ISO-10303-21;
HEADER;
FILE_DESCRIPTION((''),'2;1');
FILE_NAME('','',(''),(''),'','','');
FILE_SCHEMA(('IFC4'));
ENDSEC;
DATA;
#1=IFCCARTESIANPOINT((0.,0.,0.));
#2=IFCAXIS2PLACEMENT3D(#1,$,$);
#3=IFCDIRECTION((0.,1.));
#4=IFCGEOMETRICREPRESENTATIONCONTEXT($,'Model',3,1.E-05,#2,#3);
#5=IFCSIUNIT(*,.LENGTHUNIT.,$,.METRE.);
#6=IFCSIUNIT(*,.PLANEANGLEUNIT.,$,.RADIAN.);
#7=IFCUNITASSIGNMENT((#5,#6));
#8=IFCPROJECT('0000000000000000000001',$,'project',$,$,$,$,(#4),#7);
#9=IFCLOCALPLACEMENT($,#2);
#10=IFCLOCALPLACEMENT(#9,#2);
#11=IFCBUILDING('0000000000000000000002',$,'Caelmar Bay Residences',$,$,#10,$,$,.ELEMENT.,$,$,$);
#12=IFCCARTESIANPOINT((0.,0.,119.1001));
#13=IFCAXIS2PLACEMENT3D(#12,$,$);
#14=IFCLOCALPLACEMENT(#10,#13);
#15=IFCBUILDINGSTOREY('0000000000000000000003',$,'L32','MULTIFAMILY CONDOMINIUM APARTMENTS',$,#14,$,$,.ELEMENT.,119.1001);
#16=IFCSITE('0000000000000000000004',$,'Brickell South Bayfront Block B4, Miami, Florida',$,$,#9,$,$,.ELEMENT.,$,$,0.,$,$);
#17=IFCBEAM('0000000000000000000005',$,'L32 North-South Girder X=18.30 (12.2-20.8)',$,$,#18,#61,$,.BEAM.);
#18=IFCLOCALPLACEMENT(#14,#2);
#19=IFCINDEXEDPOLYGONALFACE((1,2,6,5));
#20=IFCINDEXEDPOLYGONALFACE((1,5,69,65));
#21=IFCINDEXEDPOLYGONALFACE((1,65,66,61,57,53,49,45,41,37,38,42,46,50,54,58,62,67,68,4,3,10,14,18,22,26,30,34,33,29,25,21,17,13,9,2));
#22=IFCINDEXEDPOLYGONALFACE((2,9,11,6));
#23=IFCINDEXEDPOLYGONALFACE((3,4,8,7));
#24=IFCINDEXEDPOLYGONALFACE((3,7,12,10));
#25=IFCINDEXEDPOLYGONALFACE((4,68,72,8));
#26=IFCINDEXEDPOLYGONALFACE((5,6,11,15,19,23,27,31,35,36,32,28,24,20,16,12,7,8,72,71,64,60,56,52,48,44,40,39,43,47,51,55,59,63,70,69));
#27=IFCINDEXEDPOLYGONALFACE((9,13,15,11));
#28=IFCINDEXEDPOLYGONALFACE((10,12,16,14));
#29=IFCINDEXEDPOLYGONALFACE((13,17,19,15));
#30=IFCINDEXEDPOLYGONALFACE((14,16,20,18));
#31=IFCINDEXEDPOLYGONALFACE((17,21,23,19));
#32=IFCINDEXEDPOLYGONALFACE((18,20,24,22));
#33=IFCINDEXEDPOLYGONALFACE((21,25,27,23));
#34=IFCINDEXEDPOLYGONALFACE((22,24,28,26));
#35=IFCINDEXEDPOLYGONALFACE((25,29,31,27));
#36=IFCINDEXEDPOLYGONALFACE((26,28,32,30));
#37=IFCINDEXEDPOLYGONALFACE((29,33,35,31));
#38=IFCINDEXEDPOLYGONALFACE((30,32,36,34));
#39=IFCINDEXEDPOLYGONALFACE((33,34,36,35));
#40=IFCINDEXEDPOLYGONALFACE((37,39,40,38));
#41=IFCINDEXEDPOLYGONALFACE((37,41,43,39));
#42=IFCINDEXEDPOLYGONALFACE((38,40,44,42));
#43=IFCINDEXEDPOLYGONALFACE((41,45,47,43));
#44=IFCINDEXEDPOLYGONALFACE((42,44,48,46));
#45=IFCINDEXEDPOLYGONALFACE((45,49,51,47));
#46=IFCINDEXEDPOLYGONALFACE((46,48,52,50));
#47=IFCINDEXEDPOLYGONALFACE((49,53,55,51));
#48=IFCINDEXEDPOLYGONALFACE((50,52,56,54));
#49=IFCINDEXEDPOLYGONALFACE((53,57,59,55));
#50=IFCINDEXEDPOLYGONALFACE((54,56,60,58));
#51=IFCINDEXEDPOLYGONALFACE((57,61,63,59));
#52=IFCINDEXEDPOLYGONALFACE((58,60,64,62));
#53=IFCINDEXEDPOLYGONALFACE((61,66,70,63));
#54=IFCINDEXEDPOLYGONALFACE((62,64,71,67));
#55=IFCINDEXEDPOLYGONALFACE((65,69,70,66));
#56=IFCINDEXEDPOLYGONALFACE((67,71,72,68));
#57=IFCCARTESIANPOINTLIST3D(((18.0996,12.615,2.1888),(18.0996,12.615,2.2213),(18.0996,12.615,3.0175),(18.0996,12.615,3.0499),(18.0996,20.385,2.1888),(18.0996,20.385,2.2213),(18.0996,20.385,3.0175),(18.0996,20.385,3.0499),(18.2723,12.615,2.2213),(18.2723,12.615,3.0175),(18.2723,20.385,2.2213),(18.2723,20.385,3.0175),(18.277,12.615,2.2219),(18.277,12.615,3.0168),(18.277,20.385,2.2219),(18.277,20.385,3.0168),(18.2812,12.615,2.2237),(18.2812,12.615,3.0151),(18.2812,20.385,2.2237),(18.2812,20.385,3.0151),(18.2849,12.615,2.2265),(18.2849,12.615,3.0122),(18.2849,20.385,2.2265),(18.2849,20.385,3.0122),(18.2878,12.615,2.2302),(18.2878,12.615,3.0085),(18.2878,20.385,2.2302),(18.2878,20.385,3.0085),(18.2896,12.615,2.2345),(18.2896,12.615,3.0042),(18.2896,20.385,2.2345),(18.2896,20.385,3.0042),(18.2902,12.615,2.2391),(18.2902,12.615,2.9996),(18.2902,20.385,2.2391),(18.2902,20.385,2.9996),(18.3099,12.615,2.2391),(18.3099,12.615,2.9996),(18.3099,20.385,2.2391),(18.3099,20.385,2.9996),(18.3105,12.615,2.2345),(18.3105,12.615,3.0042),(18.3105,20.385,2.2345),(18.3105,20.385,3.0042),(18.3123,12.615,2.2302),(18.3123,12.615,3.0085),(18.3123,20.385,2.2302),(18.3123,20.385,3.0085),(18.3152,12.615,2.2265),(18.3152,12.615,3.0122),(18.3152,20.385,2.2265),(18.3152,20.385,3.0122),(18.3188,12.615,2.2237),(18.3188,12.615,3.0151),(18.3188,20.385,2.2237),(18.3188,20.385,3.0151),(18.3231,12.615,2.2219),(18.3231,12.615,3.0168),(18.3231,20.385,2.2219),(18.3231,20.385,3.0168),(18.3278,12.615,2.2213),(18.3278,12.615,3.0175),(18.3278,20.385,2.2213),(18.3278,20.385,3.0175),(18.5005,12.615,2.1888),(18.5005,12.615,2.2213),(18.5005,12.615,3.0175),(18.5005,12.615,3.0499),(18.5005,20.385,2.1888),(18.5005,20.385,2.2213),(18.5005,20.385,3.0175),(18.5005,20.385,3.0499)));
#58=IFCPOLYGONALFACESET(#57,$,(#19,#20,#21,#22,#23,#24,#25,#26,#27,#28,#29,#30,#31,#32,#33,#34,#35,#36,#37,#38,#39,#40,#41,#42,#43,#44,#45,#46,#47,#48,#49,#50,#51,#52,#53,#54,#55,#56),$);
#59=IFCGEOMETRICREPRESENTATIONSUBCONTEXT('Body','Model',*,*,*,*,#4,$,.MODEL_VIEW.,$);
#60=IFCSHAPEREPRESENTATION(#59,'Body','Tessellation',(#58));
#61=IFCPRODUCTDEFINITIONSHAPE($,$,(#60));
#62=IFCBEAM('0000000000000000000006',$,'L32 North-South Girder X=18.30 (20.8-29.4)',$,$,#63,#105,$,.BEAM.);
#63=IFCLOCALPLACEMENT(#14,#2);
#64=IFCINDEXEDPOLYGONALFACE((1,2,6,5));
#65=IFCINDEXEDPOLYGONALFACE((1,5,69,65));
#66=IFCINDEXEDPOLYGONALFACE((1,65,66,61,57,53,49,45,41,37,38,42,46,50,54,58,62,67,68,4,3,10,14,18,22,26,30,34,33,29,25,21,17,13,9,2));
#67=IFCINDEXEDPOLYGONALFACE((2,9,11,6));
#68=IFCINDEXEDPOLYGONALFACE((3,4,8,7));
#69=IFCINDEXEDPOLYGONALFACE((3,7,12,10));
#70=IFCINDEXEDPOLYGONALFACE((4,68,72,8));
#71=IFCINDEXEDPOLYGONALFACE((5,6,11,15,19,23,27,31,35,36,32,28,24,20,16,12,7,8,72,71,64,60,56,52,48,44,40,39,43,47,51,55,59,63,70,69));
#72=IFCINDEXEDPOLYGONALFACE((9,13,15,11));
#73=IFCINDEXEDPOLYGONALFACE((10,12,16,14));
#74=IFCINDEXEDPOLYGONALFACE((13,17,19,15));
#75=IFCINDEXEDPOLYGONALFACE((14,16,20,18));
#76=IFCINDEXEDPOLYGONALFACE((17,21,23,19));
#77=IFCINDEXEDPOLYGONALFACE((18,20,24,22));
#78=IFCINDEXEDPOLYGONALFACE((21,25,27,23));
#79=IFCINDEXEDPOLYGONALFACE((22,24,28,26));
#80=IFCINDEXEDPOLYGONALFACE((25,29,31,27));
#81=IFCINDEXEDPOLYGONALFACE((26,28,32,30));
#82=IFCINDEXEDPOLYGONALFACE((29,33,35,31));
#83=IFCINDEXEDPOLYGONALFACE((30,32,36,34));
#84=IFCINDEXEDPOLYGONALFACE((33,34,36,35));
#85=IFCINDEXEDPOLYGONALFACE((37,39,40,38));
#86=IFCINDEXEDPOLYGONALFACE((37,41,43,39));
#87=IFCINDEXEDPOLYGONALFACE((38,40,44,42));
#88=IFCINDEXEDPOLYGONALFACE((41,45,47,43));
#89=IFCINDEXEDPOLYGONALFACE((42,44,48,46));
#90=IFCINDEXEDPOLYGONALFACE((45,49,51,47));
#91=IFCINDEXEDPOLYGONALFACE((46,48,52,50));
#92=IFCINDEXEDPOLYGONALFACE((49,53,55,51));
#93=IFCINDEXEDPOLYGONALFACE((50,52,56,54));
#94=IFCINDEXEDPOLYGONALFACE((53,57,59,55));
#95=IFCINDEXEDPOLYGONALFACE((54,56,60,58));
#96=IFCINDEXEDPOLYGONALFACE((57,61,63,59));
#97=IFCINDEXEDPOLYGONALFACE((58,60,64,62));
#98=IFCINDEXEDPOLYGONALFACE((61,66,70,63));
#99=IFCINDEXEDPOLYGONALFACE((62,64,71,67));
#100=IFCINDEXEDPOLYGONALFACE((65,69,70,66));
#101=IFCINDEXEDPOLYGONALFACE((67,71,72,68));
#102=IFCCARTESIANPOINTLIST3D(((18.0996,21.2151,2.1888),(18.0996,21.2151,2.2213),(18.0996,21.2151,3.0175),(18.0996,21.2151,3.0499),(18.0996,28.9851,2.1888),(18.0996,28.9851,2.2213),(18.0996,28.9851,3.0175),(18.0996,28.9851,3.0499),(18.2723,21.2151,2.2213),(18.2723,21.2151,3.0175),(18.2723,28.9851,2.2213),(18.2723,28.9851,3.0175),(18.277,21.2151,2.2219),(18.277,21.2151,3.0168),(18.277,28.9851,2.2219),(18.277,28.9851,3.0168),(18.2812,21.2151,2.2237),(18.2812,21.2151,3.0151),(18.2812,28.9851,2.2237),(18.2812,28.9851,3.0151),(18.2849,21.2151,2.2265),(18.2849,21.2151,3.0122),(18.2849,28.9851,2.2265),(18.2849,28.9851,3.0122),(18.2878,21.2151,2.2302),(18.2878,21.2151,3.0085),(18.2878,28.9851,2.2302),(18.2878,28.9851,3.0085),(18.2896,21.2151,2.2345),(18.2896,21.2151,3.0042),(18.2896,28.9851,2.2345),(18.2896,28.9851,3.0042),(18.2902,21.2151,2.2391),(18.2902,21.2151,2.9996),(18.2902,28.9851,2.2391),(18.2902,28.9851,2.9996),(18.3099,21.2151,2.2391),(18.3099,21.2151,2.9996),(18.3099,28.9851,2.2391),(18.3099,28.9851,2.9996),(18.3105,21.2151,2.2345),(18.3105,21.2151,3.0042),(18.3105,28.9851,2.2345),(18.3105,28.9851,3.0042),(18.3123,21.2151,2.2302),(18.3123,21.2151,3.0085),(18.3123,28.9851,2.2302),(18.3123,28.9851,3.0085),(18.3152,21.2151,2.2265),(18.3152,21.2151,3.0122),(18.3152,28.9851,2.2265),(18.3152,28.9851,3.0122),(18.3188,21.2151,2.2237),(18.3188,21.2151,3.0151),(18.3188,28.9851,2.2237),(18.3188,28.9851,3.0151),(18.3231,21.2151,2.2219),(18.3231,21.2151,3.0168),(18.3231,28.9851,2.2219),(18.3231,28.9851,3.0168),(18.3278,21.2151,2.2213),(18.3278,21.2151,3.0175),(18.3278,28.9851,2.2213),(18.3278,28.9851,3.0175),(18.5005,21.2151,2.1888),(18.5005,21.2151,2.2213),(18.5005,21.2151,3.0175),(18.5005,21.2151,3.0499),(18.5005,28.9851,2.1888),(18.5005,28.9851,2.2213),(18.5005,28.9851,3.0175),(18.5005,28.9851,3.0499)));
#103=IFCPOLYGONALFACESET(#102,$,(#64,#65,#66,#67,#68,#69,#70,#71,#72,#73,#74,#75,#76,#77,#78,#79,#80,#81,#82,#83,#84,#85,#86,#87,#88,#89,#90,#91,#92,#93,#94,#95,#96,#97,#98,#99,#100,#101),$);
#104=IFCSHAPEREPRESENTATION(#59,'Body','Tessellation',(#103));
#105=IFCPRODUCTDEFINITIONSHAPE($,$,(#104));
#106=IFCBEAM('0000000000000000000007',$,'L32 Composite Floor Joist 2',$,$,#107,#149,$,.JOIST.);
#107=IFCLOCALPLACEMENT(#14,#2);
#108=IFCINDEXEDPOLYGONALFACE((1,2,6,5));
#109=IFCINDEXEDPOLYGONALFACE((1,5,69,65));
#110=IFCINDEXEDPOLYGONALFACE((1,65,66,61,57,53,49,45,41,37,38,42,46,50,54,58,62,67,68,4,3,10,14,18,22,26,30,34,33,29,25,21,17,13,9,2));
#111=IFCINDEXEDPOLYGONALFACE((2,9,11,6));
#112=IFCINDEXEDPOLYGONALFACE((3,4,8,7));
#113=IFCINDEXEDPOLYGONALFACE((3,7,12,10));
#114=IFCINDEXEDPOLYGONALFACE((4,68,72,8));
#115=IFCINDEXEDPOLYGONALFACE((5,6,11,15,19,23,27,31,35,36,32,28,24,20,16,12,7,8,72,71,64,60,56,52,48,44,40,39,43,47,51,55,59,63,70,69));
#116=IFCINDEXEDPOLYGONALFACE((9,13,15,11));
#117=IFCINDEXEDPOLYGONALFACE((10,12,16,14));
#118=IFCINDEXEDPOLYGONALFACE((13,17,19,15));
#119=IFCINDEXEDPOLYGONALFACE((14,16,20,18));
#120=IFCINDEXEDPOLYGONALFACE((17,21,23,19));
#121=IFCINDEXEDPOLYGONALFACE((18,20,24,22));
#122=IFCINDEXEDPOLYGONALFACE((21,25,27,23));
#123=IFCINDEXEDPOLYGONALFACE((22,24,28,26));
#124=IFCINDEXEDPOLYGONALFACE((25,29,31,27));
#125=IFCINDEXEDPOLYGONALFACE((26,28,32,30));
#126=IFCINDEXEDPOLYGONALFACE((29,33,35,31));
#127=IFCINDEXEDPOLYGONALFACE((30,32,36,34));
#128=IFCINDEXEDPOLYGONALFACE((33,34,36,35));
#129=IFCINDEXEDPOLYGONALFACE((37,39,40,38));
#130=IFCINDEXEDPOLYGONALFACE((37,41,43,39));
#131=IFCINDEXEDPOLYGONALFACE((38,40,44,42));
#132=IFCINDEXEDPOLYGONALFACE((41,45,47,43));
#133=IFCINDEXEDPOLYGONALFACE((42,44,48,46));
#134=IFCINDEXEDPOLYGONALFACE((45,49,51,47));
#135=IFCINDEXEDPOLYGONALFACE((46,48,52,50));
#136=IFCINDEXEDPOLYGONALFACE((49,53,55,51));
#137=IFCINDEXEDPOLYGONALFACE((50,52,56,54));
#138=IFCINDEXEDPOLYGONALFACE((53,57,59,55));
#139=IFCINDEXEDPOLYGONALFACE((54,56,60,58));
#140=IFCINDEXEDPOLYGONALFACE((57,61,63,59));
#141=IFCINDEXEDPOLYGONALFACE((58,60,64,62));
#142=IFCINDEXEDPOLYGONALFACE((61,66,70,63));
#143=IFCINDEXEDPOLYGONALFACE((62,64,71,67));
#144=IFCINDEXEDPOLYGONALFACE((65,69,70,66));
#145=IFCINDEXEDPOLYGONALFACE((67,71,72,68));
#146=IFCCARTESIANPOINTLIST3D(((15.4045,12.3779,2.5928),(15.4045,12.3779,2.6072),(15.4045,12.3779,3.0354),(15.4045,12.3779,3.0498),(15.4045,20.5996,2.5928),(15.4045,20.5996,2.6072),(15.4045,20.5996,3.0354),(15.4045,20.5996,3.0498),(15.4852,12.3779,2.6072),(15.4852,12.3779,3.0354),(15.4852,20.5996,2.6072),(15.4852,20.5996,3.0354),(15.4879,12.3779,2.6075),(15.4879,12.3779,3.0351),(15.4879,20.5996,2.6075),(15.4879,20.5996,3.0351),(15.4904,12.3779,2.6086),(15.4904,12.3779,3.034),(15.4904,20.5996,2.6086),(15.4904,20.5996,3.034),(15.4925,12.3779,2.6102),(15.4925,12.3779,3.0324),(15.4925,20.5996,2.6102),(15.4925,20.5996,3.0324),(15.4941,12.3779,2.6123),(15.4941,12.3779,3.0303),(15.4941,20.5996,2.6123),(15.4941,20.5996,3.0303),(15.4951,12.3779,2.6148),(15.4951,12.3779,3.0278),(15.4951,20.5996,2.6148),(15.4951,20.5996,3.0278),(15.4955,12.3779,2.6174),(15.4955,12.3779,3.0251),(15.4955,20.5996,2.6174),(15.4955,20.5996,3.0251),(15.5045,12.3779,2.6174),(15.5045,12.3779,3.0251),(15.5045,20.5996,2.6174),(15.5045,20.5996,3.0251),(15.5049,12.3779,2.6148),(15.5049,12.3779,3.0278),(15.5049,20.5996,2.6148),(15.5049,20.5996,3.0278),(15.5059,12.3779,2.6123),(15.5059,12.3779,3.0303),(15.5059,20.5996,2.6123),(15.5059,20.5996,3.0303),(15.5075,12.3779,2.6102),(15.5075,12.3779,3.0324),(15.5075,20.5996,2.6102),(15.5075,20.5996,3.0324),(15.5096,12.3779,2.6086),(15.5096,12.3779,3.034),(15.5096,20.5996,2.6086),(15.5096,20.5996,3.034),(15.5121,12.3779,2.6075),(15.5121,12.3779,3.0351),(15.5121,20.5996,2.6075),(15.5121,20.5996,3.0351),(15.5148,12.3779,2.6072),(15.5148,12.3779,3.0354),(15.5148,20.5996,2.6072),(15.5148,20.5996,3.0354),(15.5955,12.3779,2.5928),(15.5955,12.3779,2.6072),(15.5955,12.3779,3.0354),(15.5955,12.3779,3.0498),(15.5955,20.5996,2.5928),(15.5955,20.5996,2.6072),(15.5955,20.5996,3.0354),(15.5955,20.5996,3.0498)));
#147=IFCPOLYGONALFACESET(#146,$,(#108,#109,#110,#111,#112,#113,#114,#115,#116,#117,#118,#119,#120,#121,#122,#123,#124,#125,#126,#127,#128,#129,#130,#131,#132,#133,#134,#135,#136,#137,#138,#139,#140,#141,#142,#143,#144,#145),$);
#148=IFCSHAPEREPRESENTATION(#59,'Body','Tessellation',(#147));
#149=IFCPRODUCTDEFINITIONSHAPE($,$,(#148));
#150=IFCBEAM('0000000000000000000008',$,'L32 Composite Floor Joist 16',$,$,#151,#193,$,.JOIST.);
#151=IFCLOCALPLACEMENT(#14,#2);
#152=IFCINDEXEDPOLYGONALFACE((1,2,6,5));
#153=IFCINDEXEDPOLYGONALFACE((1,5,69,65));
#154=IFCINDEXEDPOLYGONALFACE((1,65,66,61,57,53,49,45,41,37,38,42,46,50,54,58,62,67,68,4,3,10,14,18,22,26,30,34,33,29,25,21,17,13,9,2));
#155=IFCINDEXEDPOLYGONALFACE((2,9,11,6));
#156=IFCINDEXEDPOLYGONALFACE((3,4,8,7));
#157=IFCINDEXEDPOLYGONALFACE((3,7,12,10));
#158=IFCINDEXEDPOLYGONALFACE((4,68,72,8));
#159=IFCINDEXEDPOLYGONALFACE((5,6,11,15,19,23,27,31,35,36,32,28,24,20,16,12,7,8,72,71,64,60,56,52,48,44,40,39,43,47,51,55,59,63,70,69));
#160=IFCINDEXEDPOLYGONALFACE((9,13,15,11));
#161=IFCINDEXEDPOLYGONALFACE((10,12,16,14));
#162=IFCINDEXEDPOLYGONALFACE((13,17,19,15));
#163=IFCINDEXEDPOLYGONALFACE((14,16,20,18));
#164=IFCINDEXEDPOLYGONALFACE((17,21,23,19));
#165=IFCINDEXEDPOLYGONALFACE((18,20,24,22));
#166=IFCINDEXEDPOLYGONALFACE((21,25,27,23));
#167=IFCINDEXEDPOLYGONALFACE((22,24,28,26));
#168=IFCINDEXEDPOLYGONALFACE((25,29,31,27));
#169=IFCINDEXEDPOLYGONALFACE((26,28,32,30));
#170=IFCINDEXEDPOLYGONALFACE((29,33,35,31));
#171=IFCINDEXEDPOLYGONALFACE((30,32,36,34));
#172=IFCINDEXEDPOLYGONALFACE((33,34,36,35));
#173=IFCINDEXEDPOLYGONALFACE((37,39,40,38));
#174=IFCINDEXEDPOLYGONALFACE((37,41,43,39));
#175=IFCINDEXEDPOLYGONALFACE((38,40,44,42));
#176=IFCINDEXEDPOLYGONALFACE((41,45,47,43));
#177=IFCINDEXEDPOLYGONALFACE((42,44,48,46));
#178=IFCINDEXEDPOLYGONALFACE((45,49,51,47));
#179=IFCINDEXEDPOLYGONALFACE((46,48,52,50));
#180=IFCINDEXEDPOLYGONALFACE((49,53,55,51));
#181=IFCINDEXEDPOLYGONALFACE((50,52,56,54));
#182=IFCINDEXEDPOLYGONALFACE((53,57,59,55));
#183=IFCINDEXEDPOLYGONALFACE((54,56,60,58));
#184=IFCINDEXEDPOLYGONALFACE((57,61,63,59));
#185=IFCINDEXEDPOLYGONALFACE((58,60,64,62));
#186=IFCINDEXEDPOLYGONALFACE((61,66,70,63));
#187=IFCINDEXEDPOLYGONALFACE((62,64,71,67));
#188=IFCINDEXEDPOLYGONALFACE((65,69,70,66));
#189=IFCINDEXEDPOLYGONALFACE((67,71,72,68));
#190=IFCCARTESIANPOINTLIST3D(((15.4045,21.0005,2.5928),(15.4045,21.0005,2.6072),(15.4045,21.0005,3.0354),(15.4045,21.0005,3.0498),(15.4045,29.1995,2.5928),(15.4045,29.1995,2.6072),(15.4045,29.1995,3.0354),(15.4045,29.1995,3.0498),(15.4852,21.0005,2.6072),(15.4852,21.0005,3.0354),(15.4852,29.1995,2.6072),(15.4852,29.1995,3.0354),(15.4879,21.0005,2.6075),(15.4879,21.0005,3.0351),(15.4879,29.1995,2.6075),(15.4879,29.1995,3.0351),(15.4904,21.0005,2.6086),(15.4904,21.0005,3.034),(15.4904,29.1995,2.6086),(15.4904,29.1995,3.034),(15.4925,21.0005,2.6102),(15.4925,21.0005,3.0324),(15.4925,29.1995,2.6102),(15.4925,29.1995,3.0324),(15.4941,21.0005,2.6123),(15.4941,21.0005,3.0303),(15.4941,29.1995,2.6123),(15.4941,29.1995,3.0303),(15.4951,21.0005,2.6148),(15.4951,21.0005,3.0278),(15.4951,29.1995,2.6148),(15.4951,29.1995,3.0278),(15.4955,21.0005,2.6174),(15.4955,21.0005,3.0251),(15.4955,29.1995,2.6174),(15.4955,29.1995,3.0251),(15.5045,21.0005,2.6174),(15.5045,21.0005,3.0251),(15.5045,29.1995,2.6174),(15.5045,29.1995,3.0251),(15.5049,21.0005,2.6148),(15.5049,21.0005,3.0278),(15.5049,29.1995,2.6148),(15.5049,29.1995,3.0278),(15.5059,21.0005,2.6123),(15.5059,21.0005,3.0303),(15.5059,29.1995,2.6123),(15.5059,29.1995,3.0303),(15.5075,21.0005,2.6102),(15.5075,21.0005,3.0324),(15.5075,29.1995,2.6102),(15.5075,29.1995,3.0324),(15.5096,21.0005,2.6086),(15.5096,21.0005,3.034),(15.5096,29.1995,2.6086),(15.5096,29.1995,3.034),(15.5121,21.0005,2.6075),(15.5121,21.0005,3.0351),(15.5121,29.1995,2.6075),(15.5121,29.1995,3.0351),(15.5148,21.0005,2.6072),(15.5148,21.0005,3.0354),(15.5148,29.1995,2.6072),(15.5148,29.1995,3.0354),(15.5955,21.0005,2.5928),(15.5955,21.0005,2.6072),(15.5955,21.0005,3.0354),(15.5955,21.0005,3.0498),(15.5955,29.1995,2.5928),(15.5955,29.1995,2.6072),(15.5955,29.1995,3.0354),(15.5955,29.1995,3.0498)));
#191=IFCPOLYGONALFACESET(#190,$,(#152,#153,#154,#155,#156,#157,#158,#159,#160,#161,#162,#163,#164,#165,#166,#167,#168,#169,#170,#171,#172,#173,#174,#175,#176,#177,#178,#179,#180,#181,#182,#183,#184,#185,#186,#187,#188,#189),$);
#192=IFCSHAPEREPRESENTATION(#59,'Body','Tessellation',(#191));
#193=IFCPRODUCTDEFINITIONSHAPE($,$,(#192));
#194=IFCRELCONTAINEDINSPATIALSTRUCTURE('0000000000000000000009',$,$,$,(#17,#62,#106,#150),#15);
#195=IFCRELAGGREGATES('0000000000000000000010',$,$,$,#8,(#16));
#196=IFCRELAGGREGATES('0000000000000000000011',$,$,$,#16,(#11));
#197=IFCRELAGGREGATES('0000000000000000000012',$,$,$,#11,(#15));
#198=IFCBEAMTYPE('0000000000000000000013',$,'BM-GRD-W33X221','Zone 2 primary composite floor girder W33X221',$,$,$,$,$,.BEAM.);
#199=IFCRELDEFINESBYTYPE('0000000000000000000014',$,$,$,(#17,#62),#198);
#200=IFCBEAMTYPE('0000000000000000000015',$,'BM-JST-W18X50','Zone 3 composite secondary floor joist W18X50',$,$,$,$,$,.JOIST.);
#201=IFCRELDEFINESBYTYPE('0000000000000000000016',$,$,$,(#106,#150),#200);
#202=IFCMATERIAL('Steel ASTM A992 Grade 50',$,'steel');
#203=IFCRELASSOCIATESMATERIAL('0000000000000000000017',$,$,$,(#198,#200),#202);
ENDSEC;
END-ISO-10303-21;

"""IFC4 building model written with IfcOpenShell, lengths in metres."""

from ifc_helpers import new_model, si_unit, direction, frame, origin, origin_2d, place, context, subcontext, project, spatial, i_section, extrude, material, material_profile, profile_set, type_object, element, save


model = new_model("IFC4")

# Units and contexts
model_context = context("Model", 3, precision=1e-05, world=origin(), true_north=direction((0.0, 1.0)))
body_context = subcontext(model_context, "Body", "Model", "MODEL_VIEW")
ifc_project = project(units=[si_unit("LENGTHUNIT", "METRE"), si_unit("PLANEANGLEUNIT", "RADIAN")], contexts=[model_context])

# Site, building, storey
site_placement = place(None, origin())
site = spatial("IfcSite", under=ifc_project, at=site_placement, Name="Brickell South Bayfront Block B4, Miami, Florida", CompositionType="ELEMENT", RefElevation=0.0)
building_placement = place(site_placement, origin())
building = spatial("IfcBuilding", under=site, at=building_placement, Name="Caelmar Bay Residences", CompositionType="ELEMENT")
storey_placement = place(building_placement, frame((0.0, 0.0, 119.1001)))
storey = spatial("IfcBuildingStorey", under=building, at=storey_placement, Name="L32", Description="MULTIFAMILY CONDOMINIUM APARTMENTS", CompositionType="ELEMENT", Elevation=119.1001)

# Beams
ifc_material_1 = material(Name="Steel ASTM A992 Grade 50", Category="steel")
ifc_material_profile_1 = material_profile(ifc_material_1, i_section(OverallWidth=0.4009, OverallDepth=0.8611, WebThickness=0.0198, FlangeThickness=0.0325, FilletRadius=0.0178, at=origin_2d()), Name="W33X221")
ifc_profile_set_1 = profile_set([ifc_material_profile_1], Name="Steel ASTM A992 Grade 50")
beam_type_1 = type_object("IfcBeamType", Name="BM-GRD-W33X221", Description="Zone 2 primary composite floor girder W33X221", PredefinedType="BEAM", material=ifc_profile_set_1)
for number, where, z_axis, x_axis, name in (
    (1, (18.3, 12.615, 2.6194), (0.0, 1.0, 0.0), (-1.0, 0.0, 0.0), "L32 North-South Girder X=18.30 (12.2-20.8)"),
    (2, (18.3, 21.2151, 2.6194), (0.0, 1.0, 0.0), (-1.0, 0.0, 0.0), "L32 North-South Girder X=18.30 (20.8-29.4)"),
):
    element("IfcBeam", number, at=place(storey_placement, frame(where, z_axis=z_axis, x_axis=x_axis)), inside=storey, type_object=beam_type_1, Name=name, PredefinedType="BEAM", context=body_context, shape_type="SweptSolid", body=[
        extrude(i_section(OverallWidth=0.4009, OverallDepth=0.8611, WebThickness=0.0198, FlangeThickness=0.0325, FilletRadius=0.0178, at=origin_2d()), origin(), (0.0, 0.0, 1.0), 7.77),
    ])
ifc_material_profile_2 = material_profile(ifc_material_1, i_section(OverallWidth=0.1909, OverallDepth=0.457, WebThickness=0.009, FlangeThickness=0.0144, FilletRadius=0.0103, at=origin_2d()), Name="W18X50")
ifc_profile_set_2 = profile_set([ifc_material_profile_2], Name="Steel ASTM A992 Grade 50")
beam_type_2 = type_object("IfcBeamType", Name="BM-JST-W18X50", Description="Zone 3 composite secondary floor joist W18X50", PredefinedType="JOIST", material=ifc_profile_set_2)
beam_1_placement = place(storey_placement, frame((15.5, 12.3779, 2.8213), z_axis=(0.0, 1.0, 0.0), x_axis=(-1.0, 0.0, 0.0)))
element("IfcBeam", 3, at=beam_1_placement, inside=storey, type_object=beam_type_2, Name="L32 Composite Floor Joist 2", PredefinedType="JOIST", context=body_context, shape_type="SweptSolid", body=[
    extrude(i_section(OverallWidth=0.1909, OverallDepth=0.457, WebThickness=0.009, FlangeThickness=0.0144, FilletRadius=0.0103, at=origin_2d()), origin(), (0.0, 0.0, 1.0), 8.2217),
])
beam_2_placement = place(storey_placement, frame((15.5, 21.0005, 2.8213), z_axis=(0.0, 1.0, 0.0), x_axis=(-1.0, 0.0, 0.0)))
element("IfcBeam", 4, at=beam_2_placement, inside=storey, type_object=beam_type_2, Name="L32 Composite Floor Joist 16", PredefinedType="JOIST", context=body_context, shape_type="SweptSolid", body=[
    extrude(i_section(OverallWidth=0.1909, OverallDepth=0.457, WebThickness=0.009, FlangeThickness=0.0144, FilletRadius=0.0103, at=origin_2d()), origin(), (0.0, 0.0, 1.0), 8.199),
])

save(model, "model.ifc")
